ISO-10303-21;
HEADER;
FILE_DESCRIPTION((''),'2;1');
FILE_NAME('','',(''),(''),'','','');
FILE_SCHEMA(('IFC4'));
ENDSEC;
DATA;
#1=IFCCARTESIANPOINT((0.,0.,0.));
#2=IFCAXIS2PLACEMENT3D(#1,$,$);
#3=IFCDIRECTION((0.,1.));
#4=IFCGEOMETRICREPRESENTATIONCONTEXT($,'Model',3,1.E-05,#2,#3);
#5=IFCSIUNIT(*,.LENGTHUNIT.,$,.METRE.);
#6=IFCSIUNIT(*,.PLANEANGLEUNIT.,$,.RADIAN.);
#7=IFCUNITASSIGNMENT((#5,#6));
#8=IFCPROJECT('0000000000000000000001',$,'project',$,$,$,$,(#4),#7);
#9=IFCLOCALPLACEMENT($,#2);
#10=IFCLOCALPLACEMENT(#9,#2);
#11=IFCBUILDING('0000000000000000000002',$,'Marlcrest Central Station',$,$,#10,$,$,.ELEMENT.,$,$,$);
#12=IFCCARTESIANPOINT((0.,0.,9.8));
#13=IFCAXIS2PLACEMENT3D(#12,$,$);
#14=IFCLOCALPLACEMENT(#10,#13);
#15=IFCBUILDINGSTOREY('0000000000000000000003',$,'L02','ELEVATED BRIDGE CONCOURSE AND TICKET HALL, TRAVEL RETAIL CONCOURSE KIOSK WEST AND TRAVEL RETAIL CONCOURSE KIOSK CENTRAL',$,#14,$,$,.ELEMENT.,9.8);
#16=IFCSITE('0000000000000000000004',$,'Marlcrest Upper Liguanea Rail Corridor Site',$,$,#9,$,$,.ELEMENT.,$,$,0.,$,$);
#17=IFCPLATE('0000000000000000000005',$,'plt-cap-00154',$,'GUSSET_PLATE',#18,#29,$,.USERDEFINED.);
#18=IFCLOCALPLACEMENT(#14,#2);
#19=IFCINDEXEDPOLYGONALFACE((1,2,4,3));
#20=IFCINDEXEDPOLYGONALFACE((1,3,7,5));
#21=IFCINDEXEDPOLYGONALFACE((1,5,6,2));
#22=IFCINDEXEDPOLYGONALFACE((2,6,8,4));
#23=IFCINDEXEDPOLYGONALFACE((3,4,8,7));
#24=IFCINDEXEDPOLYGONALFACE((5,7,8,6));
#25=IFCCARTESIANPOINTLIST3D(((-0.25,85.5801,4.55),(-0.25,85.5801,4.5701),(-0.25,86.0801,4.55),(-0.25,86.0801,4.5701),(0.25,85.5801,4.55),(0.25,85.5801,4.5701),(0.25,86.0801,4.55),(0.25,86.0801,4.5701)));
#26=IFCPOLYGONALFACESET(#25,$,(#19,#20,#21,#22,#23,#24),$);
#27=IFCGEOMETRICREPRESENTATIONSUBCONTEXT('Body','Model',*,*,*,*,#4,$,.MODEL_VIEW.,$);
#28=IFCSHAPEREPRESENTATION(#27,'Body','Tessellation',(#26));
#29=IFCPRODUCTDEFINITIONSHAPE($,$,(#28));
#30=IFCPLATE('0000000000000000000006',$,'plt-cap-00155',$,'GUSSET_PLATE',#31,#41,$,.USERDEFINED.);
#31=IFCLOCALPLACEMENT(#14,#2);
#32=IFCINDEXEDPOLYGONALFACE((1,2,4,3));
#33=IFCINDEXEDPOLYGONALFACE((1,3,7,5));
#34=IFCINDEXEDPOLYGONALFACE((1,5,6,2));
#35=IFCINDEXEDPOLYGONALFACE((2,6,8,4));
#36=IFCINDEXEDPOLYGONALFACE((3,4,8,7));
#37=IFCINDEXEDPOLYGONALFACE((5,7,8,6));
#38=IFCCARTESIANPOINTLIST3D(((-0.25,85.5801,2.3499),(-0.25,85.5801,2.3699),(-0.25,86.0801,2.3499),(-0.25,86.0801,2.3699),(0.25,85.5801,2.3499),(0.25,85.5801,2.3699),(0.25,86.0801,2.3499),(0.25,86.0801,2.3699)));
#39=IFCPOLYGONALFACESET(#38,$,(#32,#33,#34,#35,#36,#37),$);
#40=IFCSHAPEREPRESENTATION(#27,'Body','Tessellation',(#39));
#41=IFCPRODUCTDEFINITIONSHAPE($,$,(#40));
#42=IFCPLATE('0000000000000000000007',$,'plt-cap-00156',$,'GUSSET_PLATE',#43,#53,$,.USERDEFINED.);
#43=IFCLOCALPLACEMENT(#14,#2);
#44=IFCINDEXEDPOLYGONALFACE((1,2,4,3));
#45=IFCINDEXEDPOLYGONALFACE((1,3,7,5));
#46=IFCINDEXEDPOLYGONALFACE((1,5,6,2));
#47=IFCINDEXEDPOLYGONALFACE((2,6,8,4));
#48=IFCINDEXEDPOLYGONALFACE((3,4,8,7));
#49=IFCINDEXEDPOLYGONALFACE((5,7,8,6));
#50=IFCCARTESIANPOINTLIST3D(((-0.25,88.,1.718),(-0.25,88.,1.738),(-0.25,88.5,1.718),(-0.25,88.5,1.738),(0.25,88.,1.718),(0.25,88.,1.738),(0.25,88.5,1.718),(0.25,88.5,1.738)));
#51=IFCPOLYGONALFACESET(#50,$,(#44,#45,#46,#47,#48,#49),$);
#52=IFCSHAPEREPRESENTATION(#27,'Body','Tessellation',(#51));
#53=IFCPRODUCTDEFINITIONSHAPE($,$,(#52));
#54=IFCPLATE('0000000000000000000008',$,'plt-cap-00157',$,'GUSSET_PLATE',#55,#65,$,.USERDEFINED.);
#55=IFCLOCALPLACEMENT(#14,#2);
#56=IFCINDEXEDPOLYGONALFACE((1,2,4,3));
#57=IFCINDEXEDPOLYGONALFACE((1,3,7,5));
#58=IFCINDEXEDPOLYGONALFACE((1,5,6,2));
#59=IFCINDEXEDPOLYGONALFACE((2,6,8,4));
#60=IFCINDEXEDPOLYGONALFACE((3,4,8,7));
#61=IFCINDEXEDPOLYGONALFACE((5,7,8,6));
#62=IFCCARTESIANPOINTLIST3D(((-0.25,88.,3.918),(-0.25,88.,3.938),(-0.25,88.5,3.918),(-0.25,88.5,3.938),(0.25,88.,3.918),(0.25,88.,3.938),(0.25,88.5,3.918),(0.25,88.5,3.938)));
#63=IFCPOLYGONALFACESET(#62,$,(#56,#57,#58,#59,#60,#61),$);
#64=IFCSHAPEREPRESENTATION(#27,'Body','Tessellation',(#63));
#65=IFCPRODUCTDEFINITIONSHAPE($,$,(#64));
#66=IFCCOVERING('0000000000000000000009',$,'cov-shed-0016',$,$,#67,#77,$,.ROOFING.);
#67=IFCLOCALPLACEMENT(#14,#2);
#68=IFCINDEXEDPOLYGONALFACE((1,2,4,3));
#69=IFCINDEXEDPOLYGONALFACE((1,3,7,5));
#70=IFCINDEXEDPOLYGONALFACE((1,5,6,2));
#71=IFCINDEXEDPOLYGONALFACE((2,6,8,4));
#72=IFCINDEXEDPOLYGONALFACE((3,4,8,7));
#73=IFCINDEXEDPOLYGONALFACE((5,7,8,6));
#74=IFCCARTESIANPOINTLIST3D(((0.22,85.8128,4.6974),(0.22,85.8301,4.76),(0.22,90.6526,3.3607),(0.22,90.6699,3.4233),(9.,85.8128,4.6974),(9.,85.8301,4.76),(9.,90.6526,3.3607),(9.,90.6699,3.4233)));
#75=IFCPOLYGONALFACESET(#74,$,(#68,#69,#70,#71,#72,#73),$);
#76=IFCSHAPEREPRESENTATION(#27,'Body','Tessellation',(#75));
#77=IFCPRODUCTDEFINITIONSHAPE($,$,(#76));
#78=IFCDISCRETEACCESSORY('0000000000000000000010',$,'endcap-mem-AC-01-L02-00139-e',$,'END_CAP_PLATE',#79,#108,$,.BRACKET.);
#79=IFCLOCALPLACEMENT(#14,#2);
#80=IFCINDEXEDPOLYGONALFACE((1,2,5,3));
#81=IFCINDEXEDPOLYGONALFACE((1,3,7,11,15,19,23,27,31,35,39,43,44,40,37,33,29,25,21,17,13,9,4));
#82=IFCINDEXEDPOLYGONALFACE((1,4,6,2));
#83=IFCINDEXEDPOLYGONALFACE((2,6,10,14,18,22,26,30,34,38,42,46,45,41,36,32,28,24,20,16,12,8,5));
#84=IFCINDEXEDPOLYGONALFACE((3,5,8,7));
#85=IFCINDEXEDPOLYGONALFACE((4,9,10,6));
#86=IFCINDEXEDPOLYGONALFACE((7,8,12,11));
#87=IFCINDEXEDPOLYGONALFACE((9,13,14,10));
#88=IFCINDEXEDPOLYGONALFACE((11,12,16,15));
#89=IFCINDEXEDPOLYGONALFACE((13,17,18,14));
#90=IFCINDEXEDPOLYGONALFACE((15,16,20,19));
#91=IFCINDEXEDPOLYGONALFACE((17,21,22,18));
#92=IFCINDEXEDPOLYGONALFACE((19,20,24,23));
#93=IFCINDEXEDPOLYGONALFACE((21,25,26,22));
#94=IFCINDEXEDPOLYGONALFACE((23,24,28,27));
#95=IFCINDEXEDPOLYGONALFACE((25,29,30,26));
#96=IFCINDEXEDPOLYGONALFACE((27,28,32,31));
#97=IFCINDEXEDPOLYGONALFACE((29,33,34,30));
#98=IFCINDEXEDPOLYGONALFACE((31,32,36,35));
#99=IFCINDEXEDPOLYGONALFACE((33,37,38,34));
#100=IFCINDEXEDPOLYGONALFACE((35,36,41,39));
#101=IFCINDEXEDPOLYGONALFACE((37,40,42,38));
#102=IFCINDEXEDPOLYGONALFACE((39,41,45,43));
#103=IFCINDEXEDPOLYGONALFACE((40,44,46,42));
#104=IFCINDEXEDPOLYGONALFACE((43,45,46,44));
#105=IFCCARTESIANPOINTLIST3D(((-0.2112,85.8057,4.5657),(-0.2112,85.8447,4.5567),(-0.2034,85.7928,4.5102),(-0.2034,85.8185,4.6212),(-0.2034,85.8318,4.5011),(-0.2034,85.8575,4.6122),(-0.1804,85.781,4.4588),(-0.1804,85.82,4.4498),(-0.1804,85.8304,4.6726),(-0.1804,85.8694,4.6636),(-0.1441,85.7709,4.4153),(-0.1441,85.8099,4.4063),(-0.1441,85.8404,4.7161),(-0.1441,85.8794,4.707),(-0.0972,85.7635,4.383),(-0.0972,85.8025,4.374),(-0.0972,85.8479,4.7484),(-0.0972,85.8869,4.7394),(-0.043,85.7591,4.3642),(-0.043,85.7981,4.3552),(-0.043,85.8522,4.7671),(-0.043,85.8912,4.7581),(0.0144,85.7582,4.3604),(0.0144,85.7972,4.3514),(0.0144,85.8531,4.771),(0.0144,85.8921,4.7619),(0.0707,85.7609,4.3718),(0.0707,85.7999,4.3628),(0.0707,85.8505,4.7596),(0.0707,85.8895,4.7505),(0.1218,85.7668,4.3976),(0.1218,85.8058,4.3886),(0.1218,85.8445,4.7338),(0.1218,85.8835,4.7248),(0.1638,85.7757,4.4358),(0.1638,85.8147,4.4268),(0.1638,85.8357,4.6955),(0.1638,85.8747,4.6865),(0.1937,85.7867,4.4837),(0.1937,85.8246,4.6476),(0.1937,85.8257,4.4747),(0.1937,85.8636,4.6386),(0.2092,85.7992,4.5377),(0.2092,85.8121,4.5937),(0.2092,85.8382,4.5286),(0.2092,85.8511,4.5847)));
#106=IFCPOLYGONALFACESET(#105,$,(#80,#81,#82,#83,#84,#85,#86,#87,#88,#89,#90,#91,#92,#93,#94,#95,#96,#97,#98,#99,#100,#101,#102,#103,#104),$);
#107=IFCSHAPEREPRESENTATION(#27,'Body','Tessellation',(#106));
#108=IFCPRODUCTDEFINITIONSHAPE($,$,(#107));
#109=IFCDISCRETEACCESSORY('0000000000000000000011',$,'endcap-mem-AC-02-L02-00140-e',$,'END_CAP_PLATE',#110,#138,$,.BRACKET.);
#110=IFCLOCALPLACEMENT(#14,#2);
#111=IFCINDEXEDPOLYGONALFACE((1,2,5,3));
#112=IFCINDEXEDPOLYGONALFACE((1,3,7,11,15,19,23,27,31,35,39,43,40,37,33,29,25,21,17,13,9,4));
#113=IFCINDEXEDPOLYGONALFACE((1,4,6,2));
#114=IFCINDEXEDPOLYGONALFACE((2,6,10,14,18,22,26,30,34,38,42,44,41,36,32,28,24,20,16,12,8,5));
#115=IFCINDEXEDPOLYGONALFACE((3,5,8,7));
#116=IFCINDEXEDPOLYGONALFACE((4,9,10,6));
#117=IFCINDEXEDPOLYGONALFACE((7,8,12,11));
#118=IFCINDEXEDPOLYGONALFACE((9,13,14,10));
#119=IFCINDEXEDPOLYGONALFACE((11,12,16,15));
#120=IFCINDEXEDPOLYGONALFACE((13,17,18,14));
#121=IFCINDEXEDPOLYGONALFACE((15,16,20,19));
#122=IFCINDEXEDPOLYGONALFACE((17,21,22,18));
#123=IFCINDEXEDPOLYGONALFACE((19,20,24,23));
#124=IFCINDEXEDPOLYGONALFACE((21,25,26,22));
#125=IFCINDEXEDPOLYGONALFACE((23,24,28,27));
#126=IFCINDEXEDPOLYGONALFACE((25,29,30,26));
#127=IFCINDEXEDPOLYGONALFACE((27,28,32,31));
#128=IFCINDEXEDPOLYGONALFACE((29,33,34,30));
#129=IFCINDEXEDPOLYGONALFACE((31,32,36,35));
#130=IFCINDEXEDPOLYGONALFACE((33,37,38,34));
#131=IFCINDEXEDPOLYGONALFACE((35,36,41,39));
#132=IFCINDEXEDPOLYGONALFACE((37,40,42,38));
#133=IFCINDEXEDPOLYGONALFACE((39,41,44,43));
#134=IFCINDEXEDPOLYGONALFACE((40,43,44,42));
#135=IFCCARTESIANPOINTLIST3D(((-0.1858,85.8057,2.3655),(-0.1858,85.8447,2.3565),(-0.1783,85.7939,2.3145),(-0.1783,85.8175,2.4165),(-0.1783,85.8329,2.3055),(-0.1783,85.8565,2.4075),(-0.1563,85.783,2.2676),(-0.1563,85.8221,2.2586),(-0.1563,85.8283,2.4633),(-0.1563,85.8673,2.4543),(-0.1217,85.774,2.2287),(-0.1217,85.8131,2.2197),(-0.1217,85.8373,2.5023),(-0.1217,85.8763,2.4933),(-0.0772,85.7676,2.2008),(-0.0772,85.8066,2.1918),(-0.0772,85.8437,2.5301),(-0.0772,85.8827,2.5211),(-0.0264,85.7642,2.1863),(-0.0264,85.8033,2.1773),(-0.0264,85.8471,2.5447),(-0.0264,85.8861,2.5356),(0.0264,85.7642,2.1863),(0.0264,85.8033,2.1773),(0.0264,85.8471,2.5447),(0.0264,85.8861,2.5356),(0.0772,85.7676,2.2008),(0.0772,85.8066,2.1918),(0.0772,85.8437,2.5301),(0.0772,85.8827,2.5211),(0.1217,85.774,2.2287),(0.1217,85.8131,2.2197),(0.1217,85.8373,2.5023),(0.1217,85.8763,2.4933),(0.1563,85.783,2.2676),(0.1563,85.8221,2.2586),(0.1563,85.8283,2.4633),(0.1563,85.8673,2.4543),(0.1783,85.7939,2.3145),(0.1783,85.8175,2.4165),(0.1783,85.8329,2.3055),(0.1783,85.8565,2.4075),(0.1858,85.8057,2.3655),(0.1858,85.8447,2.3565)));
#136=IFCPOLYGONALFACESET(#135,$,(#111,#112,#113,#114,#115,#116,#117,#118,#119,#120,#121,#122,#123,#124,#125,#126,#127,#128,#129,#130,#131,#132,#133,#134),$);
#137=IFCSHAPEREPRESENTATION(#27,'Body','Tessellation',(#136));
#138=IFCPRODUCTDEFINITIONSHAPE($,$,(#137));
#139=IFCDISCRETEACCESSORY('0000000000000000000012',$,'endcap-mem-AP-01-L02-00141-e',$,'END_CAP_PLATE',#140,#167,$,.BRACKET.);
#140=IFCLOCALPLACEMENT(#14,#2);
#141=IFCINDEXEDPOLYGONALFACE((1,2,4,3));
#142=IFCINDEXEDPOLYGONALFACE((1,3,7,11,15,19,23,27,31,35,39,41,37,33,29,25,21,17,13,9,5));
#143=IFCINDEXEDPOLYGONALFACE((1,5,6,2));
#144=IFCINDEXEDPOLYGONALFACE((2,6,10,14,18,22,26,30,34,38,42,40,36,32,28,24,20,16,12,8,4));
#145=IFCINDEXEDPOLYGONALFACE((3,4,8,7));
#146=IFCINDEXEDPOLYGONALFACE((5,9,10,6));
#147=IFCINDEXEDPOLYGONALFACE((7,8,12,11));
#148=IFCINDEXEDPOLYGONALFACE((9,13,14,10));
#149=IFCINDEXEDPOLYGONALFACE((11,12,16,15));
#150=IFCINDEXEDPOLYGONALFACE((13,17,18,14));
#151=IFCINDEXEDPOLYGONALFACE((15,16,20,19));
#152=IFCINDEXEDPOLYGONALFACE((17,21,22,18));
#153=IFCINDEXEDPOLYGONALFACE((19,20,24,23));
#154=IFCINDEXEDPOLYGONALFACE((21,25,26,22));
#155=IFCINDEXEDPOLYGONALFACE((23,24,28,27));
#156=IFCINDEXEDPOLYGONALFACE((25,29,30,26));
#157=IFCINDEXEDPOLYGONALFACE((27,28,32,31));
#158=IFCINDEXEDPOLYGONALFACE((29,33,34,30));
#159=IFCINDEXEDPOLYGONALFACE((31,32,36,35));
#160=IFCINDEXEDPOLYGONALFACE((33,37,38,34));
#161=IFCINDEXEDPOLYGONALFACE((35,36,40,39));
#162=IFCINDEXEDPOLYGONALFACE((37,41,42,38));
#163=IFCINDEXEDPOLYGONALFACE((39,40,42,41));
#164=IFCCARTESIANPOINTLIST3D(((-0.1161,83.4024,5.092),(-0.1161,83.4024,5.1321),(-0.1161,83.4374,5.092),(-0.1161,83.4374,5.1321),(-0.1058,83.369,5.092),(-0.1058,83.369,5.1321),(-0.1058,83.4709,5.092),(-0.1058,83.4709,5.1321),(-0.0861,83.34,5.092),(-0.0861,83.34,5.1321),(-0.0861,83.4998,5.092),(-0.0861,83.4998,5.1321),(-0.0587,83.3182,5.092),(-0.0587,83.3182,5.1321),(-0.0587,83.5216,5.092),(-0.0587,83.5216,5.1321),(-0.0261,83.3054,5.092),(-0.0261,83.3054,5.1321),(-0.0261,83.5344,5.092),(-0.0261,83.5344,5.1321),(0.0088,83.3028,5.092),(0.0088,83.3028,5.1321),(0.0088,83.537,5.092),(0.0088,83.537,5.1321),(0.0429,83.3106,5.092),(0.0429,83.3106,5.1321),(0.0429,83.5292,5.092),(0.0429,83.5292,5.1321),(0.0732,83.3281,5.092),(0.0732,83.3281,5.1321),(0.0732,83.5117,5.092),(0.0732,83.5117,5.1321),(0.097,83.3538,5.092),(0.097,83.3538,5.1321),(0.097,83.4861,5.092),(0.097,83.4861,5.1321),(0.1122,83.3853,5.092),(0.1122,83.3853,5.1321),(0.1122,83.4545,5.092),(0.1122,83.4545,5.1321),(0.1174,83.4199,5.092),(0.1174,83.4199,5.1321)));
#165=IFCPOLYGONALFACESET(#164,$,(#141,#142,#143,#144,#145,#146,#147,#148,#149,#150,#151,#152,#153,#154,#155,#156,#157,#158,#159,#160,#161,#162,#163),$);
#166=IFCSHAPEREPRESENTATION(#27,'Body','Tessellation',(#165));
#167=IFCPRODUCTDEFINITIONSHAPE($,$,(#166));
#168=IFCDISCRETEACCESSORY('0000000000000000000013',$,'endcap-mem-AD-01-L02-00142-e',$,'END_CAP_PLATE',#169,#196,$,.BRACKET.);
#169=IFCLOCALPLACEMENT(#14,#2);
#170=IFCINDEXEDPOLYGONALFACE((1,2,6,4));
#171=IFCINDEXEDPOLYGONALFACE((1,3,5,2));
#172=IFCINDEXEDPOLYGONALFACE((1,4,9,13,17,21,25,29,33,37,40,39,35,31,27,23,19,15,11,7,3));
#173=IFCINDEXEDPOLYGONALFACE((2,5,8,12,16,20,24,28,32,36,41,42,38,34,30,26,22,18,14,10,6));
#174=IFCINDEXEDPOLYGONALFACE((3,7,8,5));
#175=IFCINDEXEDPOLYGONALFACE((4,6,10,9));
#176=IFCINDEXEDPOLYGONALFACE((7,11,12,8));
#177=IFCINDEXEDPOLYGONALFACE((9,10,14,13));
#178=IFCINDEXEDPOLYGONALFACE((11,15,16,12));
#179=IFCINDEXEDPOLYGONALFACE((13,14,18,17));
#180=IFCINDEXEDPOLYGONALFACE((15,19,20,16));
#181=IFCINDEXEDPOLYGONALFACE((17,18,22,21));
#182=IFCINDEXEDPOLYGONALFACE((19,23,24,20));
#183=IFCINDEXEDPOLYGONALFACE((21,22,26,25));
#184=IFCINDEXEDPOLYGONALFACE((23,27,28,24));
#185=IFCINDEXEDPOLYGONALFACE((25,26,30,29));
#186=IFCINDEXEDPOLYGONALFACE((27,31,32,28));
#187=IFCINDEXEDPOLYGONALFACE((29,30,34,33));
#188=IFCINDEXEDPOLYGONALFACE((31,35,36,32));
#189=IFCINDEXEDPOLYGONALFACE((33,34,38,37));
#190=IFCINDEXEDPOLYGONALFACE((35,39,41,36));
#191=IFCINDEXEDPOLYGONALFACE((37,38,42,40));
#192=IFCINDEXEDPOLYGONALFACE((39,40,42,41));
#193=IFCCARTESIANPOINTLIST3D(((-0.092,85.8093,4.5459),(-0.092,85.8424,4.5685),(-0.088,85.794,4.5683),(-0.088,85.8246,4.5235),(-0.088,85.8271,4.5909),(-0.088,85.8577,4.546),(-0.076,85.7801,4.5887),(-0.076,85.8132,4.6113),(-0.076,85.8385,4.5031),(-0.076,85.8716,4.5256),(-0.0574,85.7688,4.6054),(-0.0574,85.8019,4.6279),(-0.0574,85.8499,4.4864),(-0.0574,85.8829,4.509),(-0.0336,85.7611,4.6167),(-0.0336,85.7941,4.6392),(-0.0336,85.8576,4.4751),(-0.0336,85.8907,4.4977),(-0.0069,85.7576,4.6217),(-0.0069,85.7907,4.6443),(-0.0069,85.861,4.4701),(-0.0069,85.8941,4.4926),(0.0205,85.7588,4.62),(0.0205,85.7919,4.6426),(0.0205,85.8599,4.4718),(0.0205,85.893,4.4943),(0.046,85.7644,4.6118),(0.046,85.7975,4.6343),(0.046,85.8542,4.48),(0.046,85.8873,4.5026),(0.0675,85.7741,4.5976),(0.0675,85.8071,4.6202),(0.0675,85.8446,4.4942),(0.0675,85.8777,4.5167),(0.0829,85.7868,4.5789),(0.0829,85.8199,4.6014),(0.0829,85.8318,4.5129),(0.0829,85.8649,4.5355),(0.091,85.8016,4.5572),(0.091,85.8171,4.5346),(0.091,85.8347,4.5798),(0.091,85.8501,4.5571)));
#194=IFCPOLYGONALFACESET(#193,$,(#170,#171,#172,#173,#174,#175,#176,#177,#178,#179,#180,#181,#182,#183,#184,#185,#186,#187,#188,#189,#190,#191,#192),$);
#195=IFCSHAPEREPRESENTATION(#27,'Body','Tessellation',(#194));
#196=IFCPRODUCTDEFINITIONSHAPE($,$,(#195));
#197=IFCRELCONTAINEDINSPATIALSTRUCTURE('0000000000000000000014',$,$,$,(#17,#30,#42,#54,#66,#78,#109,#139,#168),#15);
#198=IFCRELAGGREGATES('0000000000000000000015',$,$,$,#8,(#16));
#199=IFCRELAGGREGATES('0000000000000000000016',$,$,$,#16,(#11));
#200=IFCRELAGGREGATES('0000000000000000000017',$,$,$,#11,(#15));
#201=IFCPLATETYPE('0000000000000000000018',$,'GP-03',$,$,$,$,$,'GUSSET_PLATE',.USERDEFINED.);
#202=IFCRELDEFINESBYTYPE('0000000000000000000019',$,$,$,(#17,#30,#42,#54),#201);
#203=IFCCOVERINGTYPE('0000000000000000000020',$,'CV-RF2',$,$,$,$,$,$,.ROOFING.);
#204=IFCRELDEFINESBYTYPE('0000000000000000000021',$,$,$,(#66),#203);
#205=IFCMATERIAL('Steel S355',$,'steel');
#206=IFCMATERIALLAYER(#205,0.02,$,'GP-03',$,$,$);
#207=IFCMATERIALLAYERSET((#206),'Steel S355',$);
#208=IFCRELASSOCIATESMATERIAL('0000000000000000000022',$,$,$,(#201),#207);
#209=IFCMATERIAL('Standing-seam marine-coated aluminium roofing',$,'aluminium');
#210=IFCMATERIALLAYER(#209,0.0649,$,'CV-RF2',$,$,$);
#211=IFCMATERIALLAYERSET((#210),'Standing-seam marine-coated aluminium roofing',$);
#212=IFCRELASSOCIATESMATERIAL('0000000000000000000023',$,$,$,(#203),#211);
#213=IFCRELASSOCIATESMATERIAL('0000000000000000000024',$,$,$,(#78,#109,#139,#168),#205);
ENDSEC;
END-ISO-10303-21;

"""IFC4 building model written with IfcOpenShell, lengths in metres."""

from ifc_helpers import new_model, si_unit, direction, frame, origin, origin_2d, place, context, subcontext, project, spatial, polyline, rectangle, circle, outline, extrude, material, layer, layer_set, type_object, element, save


model = new_model("IFC4")

# Units and contexts
model_context = context("Model", 3, precision=1e-05, world=origin(), true_north=direction((0.0, 1.0)))
body_context = subcontext(model_context, "Body", "Model", "MODEL_VIEW")
ifc_project = project(units=[si_unit("LENGTHUNIT", "METRE"), si_unit("PLANEANGLEUNIT", "RADIAN")], contexts=[model_context])

# Site, building, storey
site_placement = place(None, origin())
site = spatial("IfcSite", under=ifc_project, at=site_placement, Name="Marlcrest Upper Liguanea Rail Corridor Site", CompositionType="ELEMENT", RefElevation=0.0)
building_placement = place(site_placement, origin())
building = spatial("IfcBuilding", under=site, at=building_placement, Name="Marlcrest Central Station", CompositionType="ELEMENT")
storey_placement = place(building_placement, frame((0.0, 0.0, 9.8)))
storey = spatial("IfcBuildingStorey", under=building, at=storey_placement, Name="L02", Description="ELEVATED BRIDGE CONCOURSE AND TICKET HALL, TRAVEL RETAIL CONCOURSE KIOSK WEST AND TRAVEL RETAIL CONCOURSE KIOSK CENTRAL", CompositionType="ELEMENT", Elevation=9.8)

# Shared definitions
ifc_material_1 = material(Name="Steel S355", Category="steel")

# Plates
ifc_layer_1 = layer(ifc_material_1, 0.02, Name="GP-03")
ifc_layer_set_1 = layer_set([ifc_layer_1], Name="Steel S355")
plate_type = type_object("IfcPlateType", Name="GP-03", ElementType="GUSSET_PLATE", PredefinedType="USERDEFINED", material=ifc_layer_set_1)
for number, where, z_axis, x_axis, name in (
    (1, (0.0, 85.8301, 4.55), (0.0, 0.0, 1.0), (1.0, 0.0, 0.0), "plt-cap-00154"),
    (2, (0.0, 85.8301, 2.3499), (0.0, 0.0, 1.0), (1.0, 0.0, 0.0), "plt-cap-00155"),
    (3, (0.0, 88.25, 1.718), (0.0, 0.0, 1.0), (1.0, 0.0, 0.0), "plt-cap-00156"),
    (4, (0.0, 88.25, 3.918), (0.0, 0.0, 1.0), (1.0, 0.0, 0.0), "plt-cap-00157"),
):
    element("IfcPlate", number, at=place(storey_placement, frame(where, z_axis=z_axis, x_axis=x_axis)), inside=storey, type_object=plate_type, Name=name, ObjectType="GUSSET_PLATE", PredefinedType="USERDEFINED", context=body_context, shape_type="SweptSolid", body=[
        extrude(rectangle(XDim=0.5, YDim=0.5, at=origin_2d()), origin(), (0.0, 0.0, 1.0), 0.02),
    ])

# Covering
ifc_material_2 = material(Name="Standing-seam marine-coated aluminium roofing", Category="aluminium")
ifc_layer_2 = layer(ifc_material_2, 0.0649, Name="CV-RF2")
ifc_layer_set_2 = layer_set([ifc_layer_2], Name="Standing-seam marine-coated aluminium roofing")
covering_type = type_object("IfcCoveringType", Name="CV-RF2", PredefinedType="ROOFING", material=ifc_layer_set_2)
covering_placement = place(storey_placement, frame((0.22, 85.8301, 4.76), z_axis=(0.0, 0.266214, 0.963914), x_axis=(1.0, 0.0, 0.0)))
element("IfcCovering", 5, at=covering_placement, inside=storey, type_object=covering_type, Name="cov-shed-0016", PredefinedType="ROOFING", context=body_context, shape_type="SweptSolid", body=[
    extrude(outline(polyline([(0.0, 0.0), (8.78, 0.0), (8.78, 5.021), (0.0, 5.021), (0.0, 0.0)])), origin(), (0.0, 0.0, -1.0), 0.0649),
])

# Discrete accessories
discrete_accessory_1_placement = place(storey_placement, frame((0.0, 85.8057, 4.5657), z_axis=(0.0, 0.97433, -0.225126), x_axis=(-1.0, 0.0, 0.0)))
element("IfcDiscreteAccessory", 6, at=discrete_accessory_1_placement, inside=storey, material=ifc_material_1, Name="endcap-mem-AC-01-L02-00139-e", ObjectType="END_CAP_PLATE", PredefinedType="BRACKET", context=body_context, shape_type="SweptSolid", body=[
    extrude(circle(Radius=0.2112, at=origin_2d()), origin(), (0.0, 0.0, 1.0), 0.04),
])
discrete_accessory_2_placement = place(storey_placement, frame((0.0, 85.8057, 2.3655), z_axis=(0.0, 0.974308, -0.22522), x_axis=(-1.0, 0.0, 0.0)))
element("IfcDiscreteAccessory", 7, at=discrete_accessory_2_placement, inside=storey, material=ifc_material_1, Name="endcap-mem-AC-02-L02-00140-e", ObjectType="END_CAP_PLATE", PredefinedType="BRACKET", context=body_context, shape_type="SweptSolid", body=[
    extrude(circle(Radius=0.1858, at=origin_2d()), origin(), (0.0, 0.0, 1.0), 0.04),
])
discrete_accessory_3_placement = place(storey_placement, frame((0.0, 83.4199, 5.092), z_axis=(0.0, 0.0, 1.0), x_axis=(1.0, 0.0, 0.0)))
element("IfcDiscreteAccessory", 8, at=discrete_accessory_3_placement, inside=storey, material=ifc_material_1, Name="endcap-mem-AP-01-L02-00141-e", ObjectType="END_CAP_PLATE", PredefinedType="BRACKET", context=body_context, shape_type="SweptSolid", body=[
    extrude(circle(Radius=0.1174, at=origin_2d()), origin(), (0.0, 0.0, 1.0), 0.04),
])
discrete_accessory_4_placement = place(storey_placement, frame((0.0, 85.8093, 4.5459), z_axis=(0.0, 0.826263, 0.563285), x_axis=(-1.0, 0.0, 0.0)))
element("IfcDiscreteAccessory", 9, at=discrete_accessory_4_placement, inside=storey, material=ifc_material_1, Name="endcap-mem-AD-01-L02-00142-e", ObjectType="END_CAP_PLATE", PredefinedType="BRACKET", context=body_context, shape_type="SweptSolid", body=[
    extrude(circle(Radius=0.092, at=origin_2d()), origin(), (0.0, 0.0, 1.0), 0.04),
])

save(model, "model.ifc")
